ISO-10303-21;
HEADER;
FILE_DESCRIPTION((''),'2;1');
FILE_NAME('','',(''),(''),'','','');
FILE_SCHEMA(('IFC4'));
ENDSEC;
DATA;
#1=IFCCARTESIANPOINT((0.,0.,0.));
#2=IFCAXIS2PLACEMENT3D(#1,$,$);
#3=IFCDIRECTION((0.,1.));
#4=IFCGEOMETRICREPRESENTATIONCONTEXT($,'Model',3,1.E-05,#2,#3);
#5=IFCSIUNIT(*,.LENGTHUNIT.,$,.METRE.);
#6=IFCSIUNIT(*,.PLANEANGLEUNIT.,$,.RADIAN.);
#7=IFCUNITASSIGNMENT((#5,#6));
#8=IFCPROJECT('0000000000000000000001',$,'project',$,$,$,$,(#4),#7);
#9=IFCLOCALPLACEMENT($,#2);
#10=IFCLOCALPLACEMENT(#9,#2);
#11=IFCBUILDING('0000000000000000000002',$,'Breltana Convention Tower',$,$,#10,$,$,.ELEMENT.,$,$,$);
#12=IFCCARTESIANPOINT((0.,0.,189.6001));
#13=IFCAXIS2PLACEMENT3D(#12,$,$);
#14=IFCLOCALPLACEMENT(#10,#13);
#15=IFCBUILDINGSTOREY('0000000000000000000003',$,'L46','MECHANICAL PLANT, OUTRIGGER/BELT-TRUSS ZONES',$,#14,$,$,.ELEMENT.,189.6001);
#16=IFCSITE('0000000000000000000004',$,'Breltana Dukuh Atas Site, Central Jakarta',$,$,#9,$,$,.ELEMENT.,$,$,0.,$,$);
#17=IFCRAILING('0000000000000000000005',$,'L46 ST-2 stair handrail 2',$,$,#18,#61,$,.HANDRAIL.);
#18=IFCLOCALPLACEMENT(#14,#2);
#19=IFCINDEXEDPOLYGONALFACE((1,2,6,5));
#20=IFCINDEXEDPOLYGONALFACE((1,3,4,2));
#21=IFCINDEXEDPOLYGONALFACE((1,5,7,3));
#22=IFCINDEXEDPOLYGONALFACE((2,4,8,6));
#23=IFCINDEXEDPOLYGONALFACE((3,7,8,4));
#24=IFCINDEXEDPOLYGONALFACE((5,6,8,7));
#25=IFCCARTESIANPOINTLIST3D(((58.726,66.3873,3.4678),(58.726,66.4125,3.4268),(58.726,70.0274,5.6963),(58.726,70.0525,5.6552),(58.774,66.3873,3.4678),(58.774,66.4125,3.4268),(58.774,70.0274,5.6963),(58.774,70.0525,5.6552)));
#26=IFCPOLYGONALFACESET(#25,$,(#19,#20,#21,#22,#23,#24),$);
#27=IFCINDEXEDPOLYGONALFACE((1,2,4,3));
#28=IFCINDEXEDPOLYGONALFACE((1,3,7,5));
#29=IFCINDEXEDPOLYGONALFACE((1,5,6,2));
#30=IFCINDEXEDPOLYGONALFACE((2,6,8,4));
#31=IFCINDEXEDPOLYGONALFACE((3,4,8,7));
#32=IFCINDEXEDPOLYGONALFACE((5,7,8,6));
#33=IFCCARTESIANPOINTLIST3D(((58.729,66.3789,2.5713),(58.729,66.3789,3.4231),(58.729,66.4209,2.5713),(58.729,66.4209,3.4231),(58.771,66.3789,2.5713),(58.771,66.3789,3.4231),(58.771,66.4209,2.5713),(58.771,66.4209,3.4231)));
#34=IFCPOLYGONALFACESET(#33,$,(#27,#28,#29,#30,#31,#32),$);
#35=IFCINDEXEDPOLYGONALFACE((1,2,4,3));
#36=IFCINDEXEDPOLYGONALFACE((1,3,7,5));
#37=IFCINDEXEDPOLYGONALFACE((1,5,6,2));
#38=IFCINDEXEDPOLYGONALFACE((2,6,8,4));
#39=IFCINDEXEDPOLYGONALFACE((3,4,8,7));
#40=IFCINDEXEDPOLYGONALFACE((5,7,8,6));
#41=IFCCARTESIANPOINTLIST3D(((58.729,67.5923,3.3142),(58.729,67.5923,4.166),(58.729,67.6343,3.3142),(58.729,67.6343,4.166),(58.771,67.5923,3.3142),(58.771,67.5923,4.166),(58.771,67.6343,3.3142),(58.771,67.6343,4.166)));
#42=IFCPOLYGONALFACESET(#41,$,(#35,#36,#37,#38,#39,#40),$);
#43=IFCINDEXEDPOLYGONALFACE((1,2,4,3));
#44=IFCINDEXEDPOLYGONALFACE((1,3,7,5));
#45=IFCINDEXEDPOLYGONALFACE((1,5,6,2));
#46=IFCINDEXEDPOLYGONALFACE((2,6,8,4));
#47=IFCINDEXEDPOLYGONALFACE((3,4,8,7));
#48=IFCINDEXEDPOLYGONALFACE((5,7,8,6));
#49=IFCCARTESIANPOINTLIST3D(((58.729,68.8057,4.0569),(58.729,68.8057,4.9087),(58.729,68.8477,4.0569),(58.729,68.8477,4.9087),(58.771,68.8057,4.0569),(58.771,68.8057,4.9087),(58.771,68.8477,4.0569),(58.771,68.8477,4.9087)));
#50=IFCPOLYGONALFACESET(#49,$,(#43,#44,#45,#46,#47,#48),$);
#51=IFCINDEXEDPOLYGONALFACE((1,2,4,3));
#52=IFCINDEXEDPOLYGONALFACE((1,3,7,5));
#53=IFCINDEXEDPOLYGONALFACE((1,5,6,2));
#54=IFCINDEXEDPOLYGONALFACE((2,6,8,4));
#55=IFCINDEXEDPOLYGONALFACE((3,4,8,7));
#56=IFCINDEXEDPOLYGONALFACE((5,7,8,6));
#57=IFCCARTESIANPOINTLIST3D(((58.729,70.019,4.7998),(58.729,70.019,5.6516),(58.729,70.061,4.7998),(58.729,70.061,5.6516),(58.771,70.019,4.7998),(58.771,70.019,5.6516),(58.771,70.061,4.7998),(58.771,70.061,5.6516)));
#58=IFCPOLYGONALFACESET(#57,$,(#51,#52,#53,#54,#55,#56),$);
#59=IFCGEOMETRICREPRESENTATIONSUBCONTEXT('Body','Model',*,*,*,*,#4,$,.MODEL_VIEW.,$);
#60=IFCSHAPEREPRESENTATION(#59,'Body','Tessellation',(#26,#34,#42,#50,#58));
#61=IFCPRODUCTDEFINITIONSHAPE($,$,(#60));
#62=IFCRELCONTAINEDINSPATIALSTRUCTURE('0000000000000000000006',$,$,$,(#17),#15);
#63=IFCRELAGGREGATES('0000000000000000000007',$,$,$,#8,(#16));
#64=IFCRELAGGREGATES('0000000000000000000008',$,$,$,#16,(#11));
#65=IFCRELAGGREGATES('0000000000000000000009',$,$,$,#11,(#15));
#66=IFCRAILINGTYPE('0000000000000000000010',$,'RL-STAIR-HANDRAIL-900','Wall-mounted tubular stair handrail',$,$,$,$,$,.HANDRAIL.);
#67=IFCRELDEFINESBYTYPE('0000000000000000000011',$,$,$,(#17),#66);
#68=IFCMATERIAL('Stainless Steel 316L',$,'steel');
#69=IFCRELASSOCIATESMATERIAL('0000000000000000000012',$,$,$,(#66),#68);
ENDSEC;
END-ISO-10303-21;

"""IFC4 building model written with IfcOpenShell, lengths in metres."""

from ifc_helpers import new_model, si_unit, direction, frame, origin, origin_2d, place, context, subcontext, project, spatial, rectangle, extrude, material, type_object, element, save


model = new_model("IFC4")

# Units and contexts
model_context = context("Model", 3, precision=1e-05, world=origin(), true_north=direction((0.0, 1.0)))
body_context = subcontext(model_context, "Body", "Model", "MODEL_VIEW")
ifc_project = project(units=[si_unit("LENGTHUNIT", "METRE"), si_unit("PLANEANGLEUNIT", "RADIAN")], contexts=[model_context])

# Site, building, storey
site_placement = place(None, origin())
site = spatial("IfcSite", under=ifc_project, at=site_placement, Name="Breltana Dukuh Atas Site, Central Jakarta", CompositionType="ELEMENT", RefElevation=0.0)
building_placement = place(site_placement, origin())
building = spatial("IfcBuilding", under=site, at=building_placement, Name="Breltana Convention Tower", CompositionType="ELEMENT")
storey_placement = place(building_placement, frame((0.0, 0.0, 189.6001)))
storey = spatial("IfcBuildingStorey", under=building, at=storey_placement, Name="L46", Description="MECHANICAL PLANT, OUTRIGGER/BELT-TRUSS ZONES", CompositionType="ELEMENT", Elevation=189.6001)

# Railing
ifc_material_1 = material(Name="Stainless Steel 316L", Category="steel")
railing_type_1 = type_object("IfcRailingType", Name="RL-STAIR-HANDRAIL-900", Description="Wall-mounted tubular stair handrail", PredefinedType="HANDRAIL", material=ifc_material_1)
railing_1_placement = place(storey_placement, frame((58.75, 66.3999, 2.5713)))
element("IfcRailing", 1, at=railing_1_placement, inside=storey, type_object=railing_type_1, Name="L46 ST-2 stair handrail 2", PredefinedType="HANDRAIL", context=body_context, shape_type="SweptSolid", body=[
    extrude(rectangle(XDim=0.0481, YDim=0.0481, at=origin_2d()), frame((0.0, 0.0, 0.876), z_axis=(0.0, 0.852866, 0.52213), x_axis=(-1.0, 0.0, 0.0)), (0.0, 0.0, 1.0), 4.2681),
    extrude(rectangle(XDim=0.042, YDim=0.042, at=origin_2d()), origin(), (0.0, 0.0, 1.0), 0.8518),
    extrude(rectangle(XDim=0.042, YDim=0.042, at=origin_2d()), frame((0.0, 1.2134, 0.7429)), (0.0, 0.0, 1.0), 0.8518),
    extrude(rectangle(XDim=0.042, YDim=0.042, at=origin_2d()), frame((0.0, 2.4268, 1.4856)), (0.0, 0.0, 1.0), 0.8518),
    extrude(rectangle(XDim=0.042, YDim=0.042, at=origin_2d()), frame((0.0, 3.6401, 2.2285)), (0.0, 0.0, 1.0), 0.8518),
])

save(model, "model.ifc")
